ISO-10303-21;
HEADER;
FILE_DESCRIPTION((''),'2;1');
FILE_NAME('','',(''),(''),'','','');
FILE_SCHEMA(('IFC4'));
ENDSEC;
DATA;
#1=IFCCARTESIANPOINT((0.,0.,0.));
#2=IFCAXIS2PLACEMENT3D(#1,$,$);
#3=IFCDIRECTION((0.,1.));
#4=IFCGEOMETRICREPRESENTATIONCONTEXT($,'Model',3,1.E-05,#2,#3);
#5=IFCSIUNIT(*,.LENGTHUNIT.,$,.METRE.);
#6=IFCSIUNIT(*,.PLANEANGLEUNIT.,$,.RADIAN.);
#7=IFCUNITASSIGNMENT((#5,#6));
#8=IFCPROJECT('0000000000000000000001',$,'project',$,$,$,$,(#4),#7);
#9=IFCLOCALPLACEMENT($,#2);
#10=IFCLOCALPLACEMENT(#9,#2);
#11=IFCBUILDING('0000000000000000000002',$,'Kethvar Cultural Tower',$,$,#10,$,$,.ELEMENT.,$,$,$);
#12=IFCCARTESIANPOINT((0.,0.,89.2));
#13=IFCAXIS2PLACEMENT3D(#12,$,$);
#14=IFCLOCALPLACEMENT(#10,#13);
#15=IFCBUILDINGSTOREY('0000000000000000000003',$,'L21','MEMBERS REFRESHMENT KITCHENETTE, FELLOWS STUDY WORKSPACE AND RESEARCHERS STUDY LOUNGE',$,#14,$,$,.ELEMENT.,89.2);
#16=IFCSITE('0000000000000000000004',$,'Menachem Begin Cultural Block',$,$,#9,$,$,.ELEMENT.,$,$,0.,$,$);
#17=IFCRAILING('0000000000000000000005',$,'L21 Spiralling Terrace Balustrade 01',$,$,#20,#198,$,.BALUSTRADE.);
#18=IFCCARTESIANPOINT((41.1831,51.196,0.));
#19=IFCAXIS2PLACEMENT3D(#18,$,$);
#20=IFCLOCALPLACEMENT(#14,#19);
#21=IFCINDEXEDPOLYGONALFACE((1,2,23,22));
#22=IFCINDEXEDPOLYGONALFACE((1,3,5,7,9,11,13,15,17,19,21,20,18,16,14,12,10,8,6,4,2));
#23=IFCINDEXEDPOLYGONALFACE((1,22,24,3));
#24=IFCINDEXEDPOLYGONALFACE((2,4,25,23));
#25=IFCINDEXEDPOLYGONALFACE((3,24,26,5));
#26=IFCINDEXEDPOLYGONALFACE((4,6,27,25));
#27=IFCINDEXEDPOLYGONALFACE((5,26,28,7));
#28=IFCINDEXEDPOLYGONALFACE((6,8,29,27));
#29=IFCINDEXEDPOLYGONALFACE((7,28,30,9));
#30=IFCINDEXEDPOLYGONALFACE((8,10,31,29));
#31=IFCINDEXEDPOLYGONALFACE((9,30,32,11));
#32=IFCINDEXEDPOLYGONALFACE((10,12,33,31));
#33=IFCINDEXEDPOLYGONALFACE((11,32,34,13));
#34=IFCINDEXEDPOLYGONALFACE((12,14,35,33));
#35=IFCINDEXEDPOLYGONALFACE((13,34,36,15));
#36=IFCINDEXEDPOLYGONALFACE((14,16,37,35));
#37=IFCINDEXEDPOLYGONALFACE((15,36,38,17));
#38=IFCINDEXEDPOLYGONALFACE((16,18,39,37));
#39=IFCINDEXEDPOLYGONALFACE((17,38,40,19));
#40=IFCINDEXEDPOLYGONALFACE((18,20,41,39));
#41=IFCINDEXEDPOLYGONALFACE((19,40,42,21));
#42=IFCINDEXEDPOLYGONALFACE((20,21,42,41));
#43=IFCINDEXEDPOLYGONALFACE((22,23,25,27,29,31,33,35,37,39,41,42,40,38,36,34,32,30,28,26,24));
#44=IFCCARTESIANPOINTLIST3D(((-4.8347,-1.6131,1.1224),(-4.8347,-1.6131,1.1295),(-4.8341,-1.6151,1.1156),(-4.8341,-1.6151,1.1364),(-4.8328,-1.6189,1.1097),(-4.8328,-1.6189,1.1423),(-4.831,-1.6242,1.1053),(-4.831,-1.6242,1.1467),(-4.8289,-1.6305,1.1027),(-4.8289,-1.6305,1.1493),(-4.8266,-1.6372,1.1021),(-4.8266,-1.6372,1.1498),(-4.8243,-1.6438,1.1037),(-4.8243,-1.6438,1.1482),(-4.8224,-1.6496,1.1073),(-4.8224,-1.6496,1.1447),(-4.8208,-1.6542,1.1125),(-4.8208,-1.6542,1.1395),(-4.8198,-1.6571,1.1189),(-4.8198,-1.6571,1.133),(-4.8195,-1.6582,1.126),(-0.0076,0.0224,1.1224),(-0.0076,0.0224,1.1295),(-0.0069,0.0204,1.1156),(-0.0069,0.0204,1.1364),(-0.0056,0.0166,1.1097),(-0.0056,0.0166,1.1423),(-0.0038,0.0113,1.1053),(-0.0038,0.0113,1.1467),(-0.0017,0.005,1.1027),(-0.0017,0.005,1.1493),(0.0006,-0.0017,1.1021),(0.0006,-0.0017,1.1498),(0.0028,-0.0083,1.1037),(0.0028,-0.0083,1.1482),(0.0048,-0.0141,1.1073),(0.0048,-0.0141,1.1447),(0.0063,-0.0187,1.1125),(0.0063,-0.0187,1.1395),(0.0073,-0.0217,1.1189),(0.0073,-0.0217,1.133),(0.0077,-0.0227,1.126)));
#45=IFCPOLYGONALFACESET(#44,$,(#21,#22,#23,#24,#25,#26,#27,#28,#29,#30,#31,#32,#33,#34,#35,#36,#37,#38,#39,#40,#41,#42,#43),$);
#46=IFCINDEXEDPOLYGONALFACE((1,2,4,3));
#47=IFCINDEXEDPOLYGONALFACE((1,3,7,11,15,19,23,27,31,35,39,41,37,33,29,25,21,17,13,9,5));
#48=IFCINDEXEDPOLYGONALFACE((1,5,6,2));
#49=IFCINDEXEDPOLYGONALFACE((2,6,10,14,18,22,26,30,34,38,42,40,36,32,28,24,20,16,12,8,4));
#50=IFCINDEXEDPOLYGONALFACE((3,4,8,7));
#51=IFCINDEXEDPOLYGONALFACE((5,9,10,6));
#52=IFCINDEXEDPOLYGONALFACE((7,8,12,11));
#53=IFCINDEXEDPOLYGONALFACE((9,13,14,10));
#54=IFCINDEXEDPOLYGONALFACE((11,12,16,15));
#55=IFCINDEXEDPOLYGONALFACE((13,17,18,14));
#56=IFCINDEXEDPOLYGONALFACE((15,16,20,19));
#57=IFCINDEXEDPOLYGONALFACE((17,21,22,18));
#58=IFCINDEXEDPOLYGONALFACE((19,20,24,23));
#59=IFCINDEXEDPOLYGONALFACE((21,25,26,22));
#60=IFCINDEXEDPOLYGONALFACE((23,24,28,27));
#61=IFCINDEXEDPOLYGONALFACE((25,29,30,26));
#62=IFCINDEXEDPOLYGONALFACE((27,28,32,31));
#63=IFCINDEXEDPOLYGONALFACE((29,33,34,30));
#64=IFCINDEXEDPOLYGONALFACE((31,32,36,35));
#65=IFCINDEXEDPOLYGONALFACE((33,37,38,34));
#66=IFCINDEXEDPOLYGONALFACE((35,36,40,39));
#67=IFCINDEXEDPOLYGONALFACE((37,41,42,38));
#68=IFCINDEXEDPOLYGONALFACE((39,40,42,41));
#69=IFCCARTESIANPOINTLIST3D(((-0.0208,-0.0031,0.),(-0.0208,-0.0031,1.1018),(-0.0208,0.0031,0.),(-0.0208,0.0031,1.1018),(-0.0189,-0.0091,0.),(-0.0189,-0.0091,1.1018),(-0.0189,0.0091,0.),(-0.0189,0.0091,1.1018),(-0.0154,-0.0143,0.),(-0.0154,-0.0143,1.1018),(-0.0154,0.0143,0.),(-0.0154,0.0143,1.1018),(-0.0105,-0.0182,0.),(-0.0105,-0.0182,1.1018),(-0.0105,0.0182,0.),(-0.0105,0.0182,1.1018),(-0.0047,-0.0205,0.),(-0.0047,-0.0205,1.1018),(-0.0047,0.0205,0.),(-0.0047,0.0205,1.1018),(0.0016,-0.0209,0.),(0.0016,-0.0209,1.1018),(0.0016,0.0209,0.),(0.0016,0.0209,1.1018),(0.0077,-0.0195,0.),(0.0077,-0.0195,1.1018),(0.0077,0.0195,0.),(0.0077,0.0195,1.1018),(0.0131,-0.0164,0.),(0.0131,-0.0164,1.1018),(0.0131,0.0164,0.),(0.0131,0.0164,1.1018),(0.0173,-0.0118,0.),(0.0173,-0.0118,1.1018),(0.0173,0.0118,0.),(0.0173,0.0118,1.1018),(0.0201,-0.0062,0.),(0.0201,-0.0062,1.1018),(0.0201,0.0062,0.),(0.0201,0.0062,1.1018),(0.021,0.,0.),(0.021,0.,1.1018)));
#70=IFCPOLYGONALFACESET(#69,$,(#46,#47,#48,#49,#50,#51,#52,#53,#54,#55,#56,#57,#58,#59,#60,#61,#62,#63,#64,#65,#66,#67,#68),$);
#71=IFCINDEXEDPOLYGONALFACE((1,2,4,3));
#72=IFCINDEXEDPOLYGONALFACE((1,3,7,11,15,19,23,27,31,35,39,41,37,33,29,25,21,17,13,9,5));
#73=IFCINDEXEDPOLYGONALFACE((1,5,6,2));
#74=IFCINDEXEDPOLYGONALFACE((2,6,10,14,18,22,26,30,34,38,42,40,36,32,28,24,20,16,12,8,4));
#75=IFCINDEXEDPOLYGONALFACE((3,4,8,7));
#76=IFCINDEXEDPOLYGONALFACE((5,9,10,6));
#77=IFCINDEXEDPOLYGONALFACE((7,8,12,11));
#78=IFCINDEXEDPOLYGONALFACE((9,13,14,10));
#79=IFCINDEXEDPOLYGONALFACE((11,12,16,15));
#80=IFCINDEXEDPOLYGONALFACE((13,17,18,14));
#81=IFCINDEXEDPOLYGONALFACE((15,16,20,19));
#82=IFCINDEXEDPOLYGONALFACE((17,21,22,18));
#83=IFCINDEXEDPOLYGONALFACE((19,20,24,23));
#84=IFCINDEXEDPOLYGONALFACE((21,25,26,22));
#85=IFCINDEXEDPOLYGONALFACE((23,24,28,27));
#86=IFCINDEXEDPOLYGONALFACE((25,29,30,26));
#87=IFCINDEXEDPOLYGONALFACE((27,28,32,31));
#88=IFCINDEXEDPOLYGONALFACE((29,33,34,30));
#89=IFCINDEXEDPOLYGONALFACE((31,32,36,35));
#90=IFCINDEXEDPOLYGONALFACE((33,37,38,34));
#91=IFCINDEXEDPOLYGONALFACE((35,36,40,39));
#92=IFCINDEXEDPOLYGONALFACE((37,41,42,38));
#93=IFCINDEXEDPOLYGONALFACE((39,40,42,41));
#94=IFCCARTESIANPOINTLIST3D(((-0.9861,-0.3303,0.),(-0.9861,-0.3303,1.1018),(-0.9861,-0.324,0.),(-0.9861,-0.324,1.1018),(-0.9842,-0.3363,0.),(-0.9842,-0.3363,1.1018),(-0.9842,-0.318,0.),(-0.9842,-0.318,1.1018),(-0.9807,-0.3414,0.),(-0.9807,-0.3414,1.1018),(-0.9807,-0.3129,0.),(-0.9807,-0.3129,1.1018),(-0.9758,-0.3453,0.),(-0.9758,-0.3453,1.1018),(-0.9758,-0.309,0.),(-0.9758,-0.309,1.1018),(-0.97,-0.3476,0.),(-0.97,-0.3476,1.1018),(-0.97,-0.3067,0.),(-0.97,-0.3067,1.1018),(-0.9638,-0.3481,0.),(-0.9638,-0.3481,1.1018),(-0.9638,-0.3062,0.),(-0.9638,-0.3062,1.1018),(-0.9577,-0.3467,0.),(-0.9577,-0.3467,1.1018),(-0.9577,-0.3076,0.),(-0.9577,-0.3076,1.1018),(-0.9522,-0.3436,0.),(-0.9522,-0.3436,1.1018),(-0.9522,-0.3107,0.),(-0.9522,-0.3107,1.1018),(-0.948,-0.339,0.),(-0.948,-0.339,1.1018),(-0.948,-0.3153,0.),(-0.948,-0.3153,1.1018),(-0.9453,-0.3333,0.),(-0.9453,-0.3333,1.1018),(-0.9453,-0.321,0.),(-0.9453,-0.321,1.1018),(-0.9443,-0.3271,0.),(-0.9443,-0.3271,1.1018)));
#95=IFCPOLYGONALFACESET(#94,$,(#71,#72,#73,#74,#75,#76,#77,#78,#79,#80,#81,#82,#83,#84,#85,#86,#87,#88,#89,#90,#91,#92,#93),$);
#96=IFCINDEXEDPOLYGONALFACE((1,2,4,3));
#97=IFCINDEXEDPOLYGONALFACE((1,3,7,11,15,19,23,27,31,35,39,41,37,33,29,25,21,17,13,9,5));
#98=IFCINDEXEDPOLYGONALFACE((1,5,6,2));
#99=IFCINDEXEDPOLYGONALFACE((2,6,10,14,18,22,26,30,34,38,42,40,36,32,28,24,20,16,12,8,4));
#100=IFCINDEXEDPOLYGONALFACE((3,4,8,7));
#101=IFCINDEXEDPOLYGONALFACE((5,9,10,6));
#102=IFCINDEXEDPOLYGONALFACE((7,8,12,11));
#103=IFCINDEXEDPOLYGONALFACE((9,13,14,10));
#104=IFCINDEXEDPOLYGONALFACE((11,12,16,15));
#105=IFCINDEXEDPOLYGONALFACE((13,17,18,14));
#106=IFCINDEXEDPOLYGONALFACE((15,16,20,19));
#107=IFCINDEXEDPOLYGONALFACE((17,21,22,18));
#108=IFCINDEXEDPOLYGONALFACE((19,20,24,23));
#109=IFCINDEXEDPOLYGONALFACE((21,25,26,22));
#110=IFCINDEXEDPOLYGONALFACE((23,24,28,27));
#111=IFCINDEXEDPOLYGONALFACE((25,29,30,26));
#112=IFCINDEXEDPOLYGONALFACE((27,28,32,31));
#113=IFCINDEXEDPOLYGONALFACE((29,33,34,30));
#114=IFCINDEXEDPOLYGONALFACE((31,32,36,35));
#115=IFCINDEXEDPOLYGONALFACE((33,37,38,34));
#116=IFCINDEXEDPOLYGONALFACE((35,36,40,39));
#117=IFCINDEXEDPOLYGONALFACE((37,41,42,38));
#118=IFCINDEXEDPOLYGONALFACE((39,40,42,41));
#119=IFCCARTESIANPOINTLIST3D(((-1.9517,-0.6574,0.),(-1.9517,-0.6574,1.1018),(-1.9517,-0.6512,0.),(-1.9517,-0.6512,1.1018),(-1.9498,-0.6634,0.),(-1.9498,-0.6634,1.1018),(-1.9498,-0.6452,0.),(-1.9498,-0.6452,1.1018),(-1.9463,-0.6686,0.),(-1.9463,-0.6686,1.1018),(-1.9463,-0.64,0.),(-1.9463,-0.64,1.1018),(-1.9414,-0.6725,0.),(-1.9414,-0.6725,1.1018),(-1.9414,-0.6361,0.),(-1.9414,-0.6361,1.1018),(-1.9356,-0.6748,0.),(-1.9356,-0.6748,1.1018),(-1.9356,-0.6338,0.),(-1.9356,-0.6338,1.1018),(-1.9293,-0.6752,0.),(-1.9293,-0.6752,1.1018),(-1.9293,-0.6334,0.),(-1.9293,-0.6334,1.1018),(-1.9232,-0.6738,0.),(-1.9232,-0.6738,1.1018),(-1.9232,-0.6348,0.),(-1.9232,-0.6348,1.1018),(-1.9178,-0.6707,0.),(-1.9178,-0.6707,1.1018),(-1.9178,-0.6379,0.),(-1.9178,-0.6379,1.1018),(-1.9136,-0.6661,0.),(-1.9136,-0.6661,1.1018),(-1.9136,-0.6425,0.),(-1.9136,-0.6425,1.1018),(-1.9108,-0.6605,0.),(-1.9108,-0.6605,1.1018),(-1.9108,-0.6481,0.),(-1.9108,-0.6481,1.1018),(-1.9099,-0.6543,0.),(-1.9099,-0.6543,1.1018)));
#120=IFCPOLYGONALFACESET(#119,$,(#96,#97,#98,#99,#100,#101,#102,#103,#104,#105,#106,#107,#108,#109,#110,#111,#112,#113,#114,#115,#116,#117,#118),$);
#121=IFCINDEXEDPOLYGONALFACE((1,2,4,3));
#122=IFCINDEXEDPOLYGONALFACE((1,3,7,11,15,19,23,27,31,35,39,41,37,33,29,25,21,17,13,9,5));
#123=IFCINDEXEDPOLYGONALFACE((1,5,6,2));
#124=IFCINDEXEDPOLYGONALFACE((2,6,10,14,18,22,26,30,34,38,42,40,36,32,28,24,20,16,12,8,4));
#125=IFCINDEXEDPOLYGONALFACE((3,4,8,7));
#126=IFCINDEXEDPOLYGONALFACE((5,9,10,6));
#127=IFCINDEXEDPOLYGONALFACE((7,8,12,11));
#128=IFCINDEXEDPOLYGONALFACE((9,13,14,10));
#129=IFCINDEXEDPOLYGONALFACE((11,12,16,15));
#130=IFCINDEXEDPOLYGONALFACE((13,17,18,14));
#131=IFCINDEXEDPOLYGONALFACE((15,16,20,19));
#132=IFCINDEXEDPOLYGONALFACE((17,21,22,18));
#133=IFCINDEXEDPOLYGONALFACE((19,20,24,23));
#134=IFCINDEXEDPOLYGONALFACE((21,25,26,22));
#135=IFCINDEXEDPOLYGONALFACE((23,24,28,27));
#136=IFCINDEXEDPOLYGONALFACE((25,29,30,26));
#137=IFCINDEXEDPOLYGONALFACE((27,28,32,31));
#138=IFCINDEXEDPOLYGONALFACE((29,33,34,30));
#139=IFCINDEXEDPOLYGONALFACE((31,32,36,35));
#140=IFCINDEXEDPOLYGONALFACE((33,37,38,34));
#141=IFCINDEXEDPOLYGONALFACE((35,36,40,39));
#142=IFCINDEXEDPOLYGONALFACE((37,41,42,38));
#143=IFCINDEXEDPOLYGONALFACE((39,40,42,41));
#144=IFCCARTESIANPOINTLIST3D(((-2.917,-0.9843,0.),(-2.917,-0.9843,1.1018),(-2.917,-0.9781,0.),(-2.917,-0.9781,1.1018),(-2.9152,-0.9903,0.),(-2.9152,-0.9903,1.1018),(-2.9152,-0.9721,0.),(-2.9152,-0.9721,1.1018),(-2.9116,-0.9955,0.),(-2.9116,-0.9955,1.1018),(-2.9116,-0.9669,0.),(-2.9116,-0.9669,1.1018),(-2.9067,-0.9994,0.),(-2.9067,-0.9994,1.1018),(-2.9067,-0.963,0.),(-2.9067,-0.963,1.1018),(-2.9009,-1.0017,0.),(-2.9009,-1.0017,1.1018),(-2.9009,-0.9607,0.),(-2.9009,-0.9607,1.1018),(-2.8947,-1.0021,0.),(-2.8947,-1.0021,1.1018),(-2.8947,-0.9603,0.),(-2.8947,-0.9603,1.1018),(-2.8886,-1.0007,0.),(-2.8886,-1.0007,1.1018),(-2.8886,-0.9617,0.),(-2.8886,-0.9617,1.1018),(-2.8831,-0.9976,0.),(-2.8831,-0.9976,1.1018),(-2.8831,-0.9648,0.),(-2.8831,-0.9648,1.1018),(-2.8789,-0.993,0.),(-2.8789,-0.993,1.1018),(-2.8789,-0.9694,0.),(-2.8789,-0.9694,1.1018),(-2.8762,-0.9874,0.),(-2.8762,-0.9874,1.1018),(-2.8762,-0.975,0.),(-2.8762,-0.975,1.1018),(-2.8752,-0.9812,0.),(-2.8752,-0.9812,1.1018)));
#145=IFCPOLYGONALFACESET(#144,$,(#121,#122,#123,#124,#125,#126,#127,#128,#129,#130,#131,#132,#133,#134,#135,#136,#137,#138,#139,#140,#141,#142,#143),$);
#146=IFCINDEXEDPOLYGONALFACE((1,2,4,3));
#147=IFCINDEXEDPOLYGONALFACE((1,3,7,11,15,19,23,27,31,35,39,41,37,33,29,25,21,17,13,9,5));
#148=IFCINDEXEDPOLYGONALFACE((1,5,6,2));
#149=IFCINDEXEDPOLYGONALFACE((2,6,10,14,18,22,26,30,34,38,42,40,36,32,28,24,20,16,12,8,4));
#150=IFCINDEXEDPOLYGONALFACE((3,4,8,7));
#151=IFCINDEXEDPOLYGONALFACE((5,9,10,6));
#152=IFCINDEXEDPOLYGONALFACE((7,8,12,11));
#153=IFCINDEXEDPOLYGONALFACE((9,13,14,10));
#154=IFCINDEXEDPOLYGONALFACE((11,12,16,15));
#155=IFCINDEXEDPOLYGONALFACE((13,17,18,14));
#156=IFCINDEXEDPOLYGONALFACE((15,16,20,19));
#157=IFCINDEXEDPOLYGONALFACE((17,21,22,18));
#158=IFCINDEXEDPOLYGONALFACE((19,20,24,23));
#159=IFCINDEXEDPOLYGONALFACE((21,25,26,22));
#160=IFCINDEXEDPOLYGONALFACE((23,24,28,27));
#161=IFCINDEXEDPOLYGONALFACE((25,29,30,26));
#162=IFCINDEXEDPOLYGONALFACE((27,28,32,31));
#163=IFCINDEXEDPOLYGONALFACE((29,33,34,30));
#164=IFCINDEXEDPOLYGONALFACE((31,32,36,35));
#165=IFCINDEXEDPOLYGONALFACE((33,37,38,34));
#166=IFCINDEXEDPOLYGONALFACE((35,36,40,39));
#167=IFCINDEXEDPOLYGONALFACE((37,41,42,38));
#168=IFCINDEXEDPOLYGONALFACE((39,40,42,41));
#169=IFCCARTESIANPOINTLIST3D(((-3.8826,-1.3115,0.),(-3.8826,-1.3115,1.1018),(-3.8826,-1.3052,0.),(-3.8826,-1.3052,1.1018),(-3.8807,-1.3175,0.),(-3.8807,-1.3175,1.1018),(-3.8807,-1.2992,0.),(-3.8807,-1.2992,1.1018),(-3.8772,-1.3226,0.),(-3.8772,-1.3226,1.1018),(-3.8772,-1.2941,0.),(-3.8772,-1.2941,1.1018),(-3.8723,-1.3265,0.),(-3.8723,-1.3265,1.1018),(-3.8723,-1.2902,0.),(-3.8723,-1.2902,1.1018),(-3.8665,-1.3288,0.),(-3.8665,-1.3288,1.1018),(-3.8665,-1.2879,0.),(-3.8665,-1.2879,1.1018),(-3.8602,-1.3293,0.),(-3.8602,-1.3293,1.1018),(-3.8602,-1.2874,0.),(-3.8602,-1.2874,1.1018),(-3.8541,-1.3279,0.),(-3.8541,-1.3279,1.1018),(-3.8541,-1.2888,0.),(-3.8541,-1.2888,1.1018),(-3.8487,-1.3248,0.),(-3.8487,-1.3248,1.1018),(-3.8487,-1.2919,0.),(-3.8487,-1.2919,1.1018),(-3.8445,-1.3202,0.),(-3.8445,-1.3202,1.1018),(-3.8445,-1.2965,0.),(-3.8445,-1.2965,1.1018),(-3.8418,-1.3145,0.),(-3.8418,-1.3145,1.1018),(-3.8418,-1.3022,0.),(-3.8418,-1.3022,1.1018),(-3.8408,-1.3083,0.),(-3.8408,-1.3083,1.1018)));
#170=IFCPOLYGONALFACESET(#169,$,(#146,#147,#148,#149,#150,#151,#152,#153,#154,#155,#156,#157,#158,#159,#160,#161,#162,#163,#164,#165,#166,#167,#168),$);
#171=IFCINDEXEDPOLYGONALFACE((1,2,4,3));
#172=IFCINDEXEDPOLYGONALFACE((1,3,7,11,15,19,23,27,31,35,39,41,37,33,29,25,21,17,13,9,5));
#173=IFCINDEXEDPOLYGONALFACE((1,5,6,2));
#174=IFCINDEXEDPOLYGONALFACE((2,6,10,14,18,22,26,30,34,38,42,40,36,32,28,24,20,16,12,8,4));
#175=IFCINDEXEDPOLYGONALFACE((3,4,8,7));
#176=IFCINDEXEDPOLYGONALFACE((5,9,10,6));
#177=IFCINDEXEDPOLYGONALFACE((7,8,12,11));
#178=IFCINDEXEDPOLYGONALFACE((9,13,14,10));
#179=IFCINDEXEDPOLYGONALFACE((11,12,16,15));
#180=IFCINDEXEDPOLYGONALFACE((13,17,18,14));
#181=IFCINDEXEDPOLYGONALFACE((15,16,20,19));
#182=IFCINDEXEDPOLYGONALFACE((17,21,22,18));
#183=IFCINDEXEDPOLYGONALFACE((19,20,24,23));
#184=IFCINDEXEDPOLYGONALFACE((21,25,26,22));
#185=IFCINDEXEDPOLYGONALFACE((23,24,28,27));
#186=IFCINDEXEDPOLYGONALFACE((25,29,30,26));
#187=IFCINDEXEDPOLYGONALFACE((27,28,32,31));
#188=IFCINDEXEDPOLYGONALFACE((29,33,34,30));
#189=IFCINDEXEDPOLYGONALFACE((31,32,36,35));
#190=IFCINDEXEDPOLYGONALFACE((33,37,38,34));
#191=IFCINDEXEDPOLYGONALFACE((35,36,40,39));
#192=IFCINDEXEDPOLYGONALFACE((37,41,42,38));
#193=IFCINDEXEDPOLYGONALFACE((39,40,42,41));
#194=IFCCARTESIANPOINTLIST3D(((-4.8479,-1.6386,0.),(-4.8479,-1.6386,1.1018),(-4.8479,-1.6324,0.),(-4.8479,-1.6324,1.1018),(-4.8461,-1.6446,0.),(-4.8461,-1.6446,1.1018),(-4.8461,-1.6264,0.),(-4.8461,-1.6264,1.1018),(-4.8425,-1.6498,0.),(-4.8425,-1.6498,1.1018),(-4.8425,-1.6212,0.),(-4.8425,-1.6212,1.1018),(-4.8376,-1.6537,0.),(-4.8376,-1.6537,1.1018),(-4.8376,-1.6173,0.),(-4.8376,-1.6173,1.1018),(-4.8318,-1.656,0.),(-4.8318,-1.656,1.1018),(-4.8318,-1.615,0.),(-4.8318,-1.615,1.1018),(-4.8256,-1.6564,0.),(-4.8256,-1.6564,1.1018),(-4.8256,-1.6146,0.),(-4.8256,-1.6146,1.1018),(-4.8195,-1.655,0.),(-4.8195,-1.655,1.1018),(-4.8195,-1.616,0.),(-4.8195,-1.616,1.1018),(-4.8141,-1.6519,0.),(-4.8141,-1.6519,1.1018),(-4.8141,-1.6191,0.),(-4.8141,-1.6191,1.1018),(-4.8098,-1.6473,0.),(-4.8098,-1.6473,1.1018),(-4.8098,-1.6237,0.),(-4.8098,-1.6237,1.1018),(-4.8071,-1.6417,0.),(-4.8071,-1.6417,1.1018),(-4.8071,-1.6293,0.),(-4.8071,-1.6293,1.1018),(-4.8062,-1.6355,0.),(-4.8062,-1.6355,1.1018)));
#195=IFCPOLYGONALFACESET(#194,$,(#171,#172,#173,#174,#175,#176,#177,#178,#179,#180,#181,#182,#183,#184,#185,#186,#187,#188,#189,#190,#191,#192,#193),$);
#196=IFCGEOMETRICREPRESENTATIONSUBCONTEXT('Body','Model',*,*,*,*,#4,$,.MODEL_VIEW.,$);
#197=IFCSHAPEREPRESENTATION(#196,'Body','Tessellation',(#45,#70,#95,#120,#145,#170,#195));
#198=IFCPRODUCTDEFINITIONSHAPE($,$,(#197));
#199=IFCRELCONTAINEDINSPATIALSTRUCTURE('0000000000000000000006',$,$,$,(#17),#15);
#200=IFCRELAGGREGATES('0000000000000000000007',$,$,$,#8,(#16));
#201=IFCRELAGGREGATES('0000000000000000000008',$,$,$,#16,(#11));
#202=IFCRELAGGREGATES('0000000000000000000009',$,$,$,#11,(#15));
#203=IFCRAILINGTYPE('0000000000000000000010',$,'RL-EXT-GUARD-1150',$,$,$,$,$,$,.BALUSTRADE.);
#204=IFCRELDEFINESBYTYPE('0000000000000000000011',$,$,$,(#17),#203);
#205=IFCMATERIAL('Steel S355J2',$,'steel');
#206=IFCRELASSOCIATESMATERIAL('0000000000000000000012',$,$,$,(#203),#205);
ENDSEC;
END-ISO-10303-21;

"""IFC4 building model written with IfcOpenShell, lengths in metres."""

from ifc_helpers import new_model, si_unit, direction, frame, origin, origin_2d, place, context, subcontext, project, spatial, circle, extrude, material, type_object, element, save


model = new_model("IFC4")

# Units and contexts
model_context = context("Model", 3, precision=1e-05, world=origin(), true_north=direction((0.0, 1.0)))
body_context = subcontext(model_context, "Body", "Model", "MODEL_VIEW")
ifc_project = project(units=[si_unit("LENGTHUNIT", "METRE"), si_unit("PLANEANGLEUNIT", "RADIAN")], contexts=[model_context])

# Site, building, storey
site_placement = place(None, origin())
site = spatial("IfcSite", under=ifc_project, at=site_placement, Name="Menachem Begin Cultural Block", CompositionType="ELEMENT", RefElevation=0.0)
building_placement = place(site_placement, origin())
building = spatial("IfcBuilding", under=site, at=building_placement, Name="Kethvar Cultural Tower", CompositionType="ELEMENT")
storey_placement = place(building_placement, frame((0.0, 0.0, 89.2)))
storey = spatial("IfcBuildingStorey", under=building, at=storey_placement, Name="L21", Description="MEMBERS REFRESHMENT KITCHENETTE, FELLOWS STUDY WORKSPACE AND RESEARCHERS STUDY LOUNGE", CompositionType="ELEMENT", Elevation=89.2)

# Shared definitions
ifc_material_1 = material(Name="Steel S355J2", Category="steel")

# Railing
railing_type = type_object("IfcRailingType", Name="RL-EXT-GUARD-1150", PredefinedType="BALUSTRADE", material=ifc_material_1)
railing_1_placement = place(storey_placement, frame((41.1831, 51.196, 0.0)))
element("IfcRailing", 1, at=railing_1_placement, inside=storey, type_object=railing_type, Name="L21 Spiralling Terrace Balustrade 01", PredefinedType="BALUSTRADE", context=body_context, shape_type="SweptSolid", body=[
    extrude(circle(Radius=0.0239, at=origin_2d()), frame((0.0, 0.0, 1.126), z_axis=(-0.947115, -0.320894, 0.0), x_axis=(0.320894, -0.947115, 0.0)), (0.0, 0.0, 1.0), 5.0967),
    extrude(circle(Radius=0.021, at=origin_2d()), origin(), (0.0, 0.0, 1.0), 1.1018),
    extrude(circle(Radius=0.021, at=origin_2d()), frame((-0.9653, -0.3271, 0.0)), (0.0, 0.0, 1.0), 1.1018),
    extrude(circle(Radius=0.021, at=origin_2d()), frame((-1.9309, -0.6543, 0.0)), (0.0, 0.0, 1.0), 1.1018),
    extrude(circle(Radius=0.021, at=origin_2d()), frame((-2.8962, -0.9812, 0.0)), (0.0, 0.0, 1.0), 1.1018),
    extrude(circle(Radius=0.021, at=origin_2d()), frame((-3.8618, -1.3083, 0.0)), (0.0, 0.0, 1.0), 1.1018),
    extrude(circle(Radius=0.021, at=origin_2d()), frame((-4.8271, -1.6355, 0.0)), (0.0, 0.0, 1.0), 1.1018),
])

save(model, "model.ifc")
